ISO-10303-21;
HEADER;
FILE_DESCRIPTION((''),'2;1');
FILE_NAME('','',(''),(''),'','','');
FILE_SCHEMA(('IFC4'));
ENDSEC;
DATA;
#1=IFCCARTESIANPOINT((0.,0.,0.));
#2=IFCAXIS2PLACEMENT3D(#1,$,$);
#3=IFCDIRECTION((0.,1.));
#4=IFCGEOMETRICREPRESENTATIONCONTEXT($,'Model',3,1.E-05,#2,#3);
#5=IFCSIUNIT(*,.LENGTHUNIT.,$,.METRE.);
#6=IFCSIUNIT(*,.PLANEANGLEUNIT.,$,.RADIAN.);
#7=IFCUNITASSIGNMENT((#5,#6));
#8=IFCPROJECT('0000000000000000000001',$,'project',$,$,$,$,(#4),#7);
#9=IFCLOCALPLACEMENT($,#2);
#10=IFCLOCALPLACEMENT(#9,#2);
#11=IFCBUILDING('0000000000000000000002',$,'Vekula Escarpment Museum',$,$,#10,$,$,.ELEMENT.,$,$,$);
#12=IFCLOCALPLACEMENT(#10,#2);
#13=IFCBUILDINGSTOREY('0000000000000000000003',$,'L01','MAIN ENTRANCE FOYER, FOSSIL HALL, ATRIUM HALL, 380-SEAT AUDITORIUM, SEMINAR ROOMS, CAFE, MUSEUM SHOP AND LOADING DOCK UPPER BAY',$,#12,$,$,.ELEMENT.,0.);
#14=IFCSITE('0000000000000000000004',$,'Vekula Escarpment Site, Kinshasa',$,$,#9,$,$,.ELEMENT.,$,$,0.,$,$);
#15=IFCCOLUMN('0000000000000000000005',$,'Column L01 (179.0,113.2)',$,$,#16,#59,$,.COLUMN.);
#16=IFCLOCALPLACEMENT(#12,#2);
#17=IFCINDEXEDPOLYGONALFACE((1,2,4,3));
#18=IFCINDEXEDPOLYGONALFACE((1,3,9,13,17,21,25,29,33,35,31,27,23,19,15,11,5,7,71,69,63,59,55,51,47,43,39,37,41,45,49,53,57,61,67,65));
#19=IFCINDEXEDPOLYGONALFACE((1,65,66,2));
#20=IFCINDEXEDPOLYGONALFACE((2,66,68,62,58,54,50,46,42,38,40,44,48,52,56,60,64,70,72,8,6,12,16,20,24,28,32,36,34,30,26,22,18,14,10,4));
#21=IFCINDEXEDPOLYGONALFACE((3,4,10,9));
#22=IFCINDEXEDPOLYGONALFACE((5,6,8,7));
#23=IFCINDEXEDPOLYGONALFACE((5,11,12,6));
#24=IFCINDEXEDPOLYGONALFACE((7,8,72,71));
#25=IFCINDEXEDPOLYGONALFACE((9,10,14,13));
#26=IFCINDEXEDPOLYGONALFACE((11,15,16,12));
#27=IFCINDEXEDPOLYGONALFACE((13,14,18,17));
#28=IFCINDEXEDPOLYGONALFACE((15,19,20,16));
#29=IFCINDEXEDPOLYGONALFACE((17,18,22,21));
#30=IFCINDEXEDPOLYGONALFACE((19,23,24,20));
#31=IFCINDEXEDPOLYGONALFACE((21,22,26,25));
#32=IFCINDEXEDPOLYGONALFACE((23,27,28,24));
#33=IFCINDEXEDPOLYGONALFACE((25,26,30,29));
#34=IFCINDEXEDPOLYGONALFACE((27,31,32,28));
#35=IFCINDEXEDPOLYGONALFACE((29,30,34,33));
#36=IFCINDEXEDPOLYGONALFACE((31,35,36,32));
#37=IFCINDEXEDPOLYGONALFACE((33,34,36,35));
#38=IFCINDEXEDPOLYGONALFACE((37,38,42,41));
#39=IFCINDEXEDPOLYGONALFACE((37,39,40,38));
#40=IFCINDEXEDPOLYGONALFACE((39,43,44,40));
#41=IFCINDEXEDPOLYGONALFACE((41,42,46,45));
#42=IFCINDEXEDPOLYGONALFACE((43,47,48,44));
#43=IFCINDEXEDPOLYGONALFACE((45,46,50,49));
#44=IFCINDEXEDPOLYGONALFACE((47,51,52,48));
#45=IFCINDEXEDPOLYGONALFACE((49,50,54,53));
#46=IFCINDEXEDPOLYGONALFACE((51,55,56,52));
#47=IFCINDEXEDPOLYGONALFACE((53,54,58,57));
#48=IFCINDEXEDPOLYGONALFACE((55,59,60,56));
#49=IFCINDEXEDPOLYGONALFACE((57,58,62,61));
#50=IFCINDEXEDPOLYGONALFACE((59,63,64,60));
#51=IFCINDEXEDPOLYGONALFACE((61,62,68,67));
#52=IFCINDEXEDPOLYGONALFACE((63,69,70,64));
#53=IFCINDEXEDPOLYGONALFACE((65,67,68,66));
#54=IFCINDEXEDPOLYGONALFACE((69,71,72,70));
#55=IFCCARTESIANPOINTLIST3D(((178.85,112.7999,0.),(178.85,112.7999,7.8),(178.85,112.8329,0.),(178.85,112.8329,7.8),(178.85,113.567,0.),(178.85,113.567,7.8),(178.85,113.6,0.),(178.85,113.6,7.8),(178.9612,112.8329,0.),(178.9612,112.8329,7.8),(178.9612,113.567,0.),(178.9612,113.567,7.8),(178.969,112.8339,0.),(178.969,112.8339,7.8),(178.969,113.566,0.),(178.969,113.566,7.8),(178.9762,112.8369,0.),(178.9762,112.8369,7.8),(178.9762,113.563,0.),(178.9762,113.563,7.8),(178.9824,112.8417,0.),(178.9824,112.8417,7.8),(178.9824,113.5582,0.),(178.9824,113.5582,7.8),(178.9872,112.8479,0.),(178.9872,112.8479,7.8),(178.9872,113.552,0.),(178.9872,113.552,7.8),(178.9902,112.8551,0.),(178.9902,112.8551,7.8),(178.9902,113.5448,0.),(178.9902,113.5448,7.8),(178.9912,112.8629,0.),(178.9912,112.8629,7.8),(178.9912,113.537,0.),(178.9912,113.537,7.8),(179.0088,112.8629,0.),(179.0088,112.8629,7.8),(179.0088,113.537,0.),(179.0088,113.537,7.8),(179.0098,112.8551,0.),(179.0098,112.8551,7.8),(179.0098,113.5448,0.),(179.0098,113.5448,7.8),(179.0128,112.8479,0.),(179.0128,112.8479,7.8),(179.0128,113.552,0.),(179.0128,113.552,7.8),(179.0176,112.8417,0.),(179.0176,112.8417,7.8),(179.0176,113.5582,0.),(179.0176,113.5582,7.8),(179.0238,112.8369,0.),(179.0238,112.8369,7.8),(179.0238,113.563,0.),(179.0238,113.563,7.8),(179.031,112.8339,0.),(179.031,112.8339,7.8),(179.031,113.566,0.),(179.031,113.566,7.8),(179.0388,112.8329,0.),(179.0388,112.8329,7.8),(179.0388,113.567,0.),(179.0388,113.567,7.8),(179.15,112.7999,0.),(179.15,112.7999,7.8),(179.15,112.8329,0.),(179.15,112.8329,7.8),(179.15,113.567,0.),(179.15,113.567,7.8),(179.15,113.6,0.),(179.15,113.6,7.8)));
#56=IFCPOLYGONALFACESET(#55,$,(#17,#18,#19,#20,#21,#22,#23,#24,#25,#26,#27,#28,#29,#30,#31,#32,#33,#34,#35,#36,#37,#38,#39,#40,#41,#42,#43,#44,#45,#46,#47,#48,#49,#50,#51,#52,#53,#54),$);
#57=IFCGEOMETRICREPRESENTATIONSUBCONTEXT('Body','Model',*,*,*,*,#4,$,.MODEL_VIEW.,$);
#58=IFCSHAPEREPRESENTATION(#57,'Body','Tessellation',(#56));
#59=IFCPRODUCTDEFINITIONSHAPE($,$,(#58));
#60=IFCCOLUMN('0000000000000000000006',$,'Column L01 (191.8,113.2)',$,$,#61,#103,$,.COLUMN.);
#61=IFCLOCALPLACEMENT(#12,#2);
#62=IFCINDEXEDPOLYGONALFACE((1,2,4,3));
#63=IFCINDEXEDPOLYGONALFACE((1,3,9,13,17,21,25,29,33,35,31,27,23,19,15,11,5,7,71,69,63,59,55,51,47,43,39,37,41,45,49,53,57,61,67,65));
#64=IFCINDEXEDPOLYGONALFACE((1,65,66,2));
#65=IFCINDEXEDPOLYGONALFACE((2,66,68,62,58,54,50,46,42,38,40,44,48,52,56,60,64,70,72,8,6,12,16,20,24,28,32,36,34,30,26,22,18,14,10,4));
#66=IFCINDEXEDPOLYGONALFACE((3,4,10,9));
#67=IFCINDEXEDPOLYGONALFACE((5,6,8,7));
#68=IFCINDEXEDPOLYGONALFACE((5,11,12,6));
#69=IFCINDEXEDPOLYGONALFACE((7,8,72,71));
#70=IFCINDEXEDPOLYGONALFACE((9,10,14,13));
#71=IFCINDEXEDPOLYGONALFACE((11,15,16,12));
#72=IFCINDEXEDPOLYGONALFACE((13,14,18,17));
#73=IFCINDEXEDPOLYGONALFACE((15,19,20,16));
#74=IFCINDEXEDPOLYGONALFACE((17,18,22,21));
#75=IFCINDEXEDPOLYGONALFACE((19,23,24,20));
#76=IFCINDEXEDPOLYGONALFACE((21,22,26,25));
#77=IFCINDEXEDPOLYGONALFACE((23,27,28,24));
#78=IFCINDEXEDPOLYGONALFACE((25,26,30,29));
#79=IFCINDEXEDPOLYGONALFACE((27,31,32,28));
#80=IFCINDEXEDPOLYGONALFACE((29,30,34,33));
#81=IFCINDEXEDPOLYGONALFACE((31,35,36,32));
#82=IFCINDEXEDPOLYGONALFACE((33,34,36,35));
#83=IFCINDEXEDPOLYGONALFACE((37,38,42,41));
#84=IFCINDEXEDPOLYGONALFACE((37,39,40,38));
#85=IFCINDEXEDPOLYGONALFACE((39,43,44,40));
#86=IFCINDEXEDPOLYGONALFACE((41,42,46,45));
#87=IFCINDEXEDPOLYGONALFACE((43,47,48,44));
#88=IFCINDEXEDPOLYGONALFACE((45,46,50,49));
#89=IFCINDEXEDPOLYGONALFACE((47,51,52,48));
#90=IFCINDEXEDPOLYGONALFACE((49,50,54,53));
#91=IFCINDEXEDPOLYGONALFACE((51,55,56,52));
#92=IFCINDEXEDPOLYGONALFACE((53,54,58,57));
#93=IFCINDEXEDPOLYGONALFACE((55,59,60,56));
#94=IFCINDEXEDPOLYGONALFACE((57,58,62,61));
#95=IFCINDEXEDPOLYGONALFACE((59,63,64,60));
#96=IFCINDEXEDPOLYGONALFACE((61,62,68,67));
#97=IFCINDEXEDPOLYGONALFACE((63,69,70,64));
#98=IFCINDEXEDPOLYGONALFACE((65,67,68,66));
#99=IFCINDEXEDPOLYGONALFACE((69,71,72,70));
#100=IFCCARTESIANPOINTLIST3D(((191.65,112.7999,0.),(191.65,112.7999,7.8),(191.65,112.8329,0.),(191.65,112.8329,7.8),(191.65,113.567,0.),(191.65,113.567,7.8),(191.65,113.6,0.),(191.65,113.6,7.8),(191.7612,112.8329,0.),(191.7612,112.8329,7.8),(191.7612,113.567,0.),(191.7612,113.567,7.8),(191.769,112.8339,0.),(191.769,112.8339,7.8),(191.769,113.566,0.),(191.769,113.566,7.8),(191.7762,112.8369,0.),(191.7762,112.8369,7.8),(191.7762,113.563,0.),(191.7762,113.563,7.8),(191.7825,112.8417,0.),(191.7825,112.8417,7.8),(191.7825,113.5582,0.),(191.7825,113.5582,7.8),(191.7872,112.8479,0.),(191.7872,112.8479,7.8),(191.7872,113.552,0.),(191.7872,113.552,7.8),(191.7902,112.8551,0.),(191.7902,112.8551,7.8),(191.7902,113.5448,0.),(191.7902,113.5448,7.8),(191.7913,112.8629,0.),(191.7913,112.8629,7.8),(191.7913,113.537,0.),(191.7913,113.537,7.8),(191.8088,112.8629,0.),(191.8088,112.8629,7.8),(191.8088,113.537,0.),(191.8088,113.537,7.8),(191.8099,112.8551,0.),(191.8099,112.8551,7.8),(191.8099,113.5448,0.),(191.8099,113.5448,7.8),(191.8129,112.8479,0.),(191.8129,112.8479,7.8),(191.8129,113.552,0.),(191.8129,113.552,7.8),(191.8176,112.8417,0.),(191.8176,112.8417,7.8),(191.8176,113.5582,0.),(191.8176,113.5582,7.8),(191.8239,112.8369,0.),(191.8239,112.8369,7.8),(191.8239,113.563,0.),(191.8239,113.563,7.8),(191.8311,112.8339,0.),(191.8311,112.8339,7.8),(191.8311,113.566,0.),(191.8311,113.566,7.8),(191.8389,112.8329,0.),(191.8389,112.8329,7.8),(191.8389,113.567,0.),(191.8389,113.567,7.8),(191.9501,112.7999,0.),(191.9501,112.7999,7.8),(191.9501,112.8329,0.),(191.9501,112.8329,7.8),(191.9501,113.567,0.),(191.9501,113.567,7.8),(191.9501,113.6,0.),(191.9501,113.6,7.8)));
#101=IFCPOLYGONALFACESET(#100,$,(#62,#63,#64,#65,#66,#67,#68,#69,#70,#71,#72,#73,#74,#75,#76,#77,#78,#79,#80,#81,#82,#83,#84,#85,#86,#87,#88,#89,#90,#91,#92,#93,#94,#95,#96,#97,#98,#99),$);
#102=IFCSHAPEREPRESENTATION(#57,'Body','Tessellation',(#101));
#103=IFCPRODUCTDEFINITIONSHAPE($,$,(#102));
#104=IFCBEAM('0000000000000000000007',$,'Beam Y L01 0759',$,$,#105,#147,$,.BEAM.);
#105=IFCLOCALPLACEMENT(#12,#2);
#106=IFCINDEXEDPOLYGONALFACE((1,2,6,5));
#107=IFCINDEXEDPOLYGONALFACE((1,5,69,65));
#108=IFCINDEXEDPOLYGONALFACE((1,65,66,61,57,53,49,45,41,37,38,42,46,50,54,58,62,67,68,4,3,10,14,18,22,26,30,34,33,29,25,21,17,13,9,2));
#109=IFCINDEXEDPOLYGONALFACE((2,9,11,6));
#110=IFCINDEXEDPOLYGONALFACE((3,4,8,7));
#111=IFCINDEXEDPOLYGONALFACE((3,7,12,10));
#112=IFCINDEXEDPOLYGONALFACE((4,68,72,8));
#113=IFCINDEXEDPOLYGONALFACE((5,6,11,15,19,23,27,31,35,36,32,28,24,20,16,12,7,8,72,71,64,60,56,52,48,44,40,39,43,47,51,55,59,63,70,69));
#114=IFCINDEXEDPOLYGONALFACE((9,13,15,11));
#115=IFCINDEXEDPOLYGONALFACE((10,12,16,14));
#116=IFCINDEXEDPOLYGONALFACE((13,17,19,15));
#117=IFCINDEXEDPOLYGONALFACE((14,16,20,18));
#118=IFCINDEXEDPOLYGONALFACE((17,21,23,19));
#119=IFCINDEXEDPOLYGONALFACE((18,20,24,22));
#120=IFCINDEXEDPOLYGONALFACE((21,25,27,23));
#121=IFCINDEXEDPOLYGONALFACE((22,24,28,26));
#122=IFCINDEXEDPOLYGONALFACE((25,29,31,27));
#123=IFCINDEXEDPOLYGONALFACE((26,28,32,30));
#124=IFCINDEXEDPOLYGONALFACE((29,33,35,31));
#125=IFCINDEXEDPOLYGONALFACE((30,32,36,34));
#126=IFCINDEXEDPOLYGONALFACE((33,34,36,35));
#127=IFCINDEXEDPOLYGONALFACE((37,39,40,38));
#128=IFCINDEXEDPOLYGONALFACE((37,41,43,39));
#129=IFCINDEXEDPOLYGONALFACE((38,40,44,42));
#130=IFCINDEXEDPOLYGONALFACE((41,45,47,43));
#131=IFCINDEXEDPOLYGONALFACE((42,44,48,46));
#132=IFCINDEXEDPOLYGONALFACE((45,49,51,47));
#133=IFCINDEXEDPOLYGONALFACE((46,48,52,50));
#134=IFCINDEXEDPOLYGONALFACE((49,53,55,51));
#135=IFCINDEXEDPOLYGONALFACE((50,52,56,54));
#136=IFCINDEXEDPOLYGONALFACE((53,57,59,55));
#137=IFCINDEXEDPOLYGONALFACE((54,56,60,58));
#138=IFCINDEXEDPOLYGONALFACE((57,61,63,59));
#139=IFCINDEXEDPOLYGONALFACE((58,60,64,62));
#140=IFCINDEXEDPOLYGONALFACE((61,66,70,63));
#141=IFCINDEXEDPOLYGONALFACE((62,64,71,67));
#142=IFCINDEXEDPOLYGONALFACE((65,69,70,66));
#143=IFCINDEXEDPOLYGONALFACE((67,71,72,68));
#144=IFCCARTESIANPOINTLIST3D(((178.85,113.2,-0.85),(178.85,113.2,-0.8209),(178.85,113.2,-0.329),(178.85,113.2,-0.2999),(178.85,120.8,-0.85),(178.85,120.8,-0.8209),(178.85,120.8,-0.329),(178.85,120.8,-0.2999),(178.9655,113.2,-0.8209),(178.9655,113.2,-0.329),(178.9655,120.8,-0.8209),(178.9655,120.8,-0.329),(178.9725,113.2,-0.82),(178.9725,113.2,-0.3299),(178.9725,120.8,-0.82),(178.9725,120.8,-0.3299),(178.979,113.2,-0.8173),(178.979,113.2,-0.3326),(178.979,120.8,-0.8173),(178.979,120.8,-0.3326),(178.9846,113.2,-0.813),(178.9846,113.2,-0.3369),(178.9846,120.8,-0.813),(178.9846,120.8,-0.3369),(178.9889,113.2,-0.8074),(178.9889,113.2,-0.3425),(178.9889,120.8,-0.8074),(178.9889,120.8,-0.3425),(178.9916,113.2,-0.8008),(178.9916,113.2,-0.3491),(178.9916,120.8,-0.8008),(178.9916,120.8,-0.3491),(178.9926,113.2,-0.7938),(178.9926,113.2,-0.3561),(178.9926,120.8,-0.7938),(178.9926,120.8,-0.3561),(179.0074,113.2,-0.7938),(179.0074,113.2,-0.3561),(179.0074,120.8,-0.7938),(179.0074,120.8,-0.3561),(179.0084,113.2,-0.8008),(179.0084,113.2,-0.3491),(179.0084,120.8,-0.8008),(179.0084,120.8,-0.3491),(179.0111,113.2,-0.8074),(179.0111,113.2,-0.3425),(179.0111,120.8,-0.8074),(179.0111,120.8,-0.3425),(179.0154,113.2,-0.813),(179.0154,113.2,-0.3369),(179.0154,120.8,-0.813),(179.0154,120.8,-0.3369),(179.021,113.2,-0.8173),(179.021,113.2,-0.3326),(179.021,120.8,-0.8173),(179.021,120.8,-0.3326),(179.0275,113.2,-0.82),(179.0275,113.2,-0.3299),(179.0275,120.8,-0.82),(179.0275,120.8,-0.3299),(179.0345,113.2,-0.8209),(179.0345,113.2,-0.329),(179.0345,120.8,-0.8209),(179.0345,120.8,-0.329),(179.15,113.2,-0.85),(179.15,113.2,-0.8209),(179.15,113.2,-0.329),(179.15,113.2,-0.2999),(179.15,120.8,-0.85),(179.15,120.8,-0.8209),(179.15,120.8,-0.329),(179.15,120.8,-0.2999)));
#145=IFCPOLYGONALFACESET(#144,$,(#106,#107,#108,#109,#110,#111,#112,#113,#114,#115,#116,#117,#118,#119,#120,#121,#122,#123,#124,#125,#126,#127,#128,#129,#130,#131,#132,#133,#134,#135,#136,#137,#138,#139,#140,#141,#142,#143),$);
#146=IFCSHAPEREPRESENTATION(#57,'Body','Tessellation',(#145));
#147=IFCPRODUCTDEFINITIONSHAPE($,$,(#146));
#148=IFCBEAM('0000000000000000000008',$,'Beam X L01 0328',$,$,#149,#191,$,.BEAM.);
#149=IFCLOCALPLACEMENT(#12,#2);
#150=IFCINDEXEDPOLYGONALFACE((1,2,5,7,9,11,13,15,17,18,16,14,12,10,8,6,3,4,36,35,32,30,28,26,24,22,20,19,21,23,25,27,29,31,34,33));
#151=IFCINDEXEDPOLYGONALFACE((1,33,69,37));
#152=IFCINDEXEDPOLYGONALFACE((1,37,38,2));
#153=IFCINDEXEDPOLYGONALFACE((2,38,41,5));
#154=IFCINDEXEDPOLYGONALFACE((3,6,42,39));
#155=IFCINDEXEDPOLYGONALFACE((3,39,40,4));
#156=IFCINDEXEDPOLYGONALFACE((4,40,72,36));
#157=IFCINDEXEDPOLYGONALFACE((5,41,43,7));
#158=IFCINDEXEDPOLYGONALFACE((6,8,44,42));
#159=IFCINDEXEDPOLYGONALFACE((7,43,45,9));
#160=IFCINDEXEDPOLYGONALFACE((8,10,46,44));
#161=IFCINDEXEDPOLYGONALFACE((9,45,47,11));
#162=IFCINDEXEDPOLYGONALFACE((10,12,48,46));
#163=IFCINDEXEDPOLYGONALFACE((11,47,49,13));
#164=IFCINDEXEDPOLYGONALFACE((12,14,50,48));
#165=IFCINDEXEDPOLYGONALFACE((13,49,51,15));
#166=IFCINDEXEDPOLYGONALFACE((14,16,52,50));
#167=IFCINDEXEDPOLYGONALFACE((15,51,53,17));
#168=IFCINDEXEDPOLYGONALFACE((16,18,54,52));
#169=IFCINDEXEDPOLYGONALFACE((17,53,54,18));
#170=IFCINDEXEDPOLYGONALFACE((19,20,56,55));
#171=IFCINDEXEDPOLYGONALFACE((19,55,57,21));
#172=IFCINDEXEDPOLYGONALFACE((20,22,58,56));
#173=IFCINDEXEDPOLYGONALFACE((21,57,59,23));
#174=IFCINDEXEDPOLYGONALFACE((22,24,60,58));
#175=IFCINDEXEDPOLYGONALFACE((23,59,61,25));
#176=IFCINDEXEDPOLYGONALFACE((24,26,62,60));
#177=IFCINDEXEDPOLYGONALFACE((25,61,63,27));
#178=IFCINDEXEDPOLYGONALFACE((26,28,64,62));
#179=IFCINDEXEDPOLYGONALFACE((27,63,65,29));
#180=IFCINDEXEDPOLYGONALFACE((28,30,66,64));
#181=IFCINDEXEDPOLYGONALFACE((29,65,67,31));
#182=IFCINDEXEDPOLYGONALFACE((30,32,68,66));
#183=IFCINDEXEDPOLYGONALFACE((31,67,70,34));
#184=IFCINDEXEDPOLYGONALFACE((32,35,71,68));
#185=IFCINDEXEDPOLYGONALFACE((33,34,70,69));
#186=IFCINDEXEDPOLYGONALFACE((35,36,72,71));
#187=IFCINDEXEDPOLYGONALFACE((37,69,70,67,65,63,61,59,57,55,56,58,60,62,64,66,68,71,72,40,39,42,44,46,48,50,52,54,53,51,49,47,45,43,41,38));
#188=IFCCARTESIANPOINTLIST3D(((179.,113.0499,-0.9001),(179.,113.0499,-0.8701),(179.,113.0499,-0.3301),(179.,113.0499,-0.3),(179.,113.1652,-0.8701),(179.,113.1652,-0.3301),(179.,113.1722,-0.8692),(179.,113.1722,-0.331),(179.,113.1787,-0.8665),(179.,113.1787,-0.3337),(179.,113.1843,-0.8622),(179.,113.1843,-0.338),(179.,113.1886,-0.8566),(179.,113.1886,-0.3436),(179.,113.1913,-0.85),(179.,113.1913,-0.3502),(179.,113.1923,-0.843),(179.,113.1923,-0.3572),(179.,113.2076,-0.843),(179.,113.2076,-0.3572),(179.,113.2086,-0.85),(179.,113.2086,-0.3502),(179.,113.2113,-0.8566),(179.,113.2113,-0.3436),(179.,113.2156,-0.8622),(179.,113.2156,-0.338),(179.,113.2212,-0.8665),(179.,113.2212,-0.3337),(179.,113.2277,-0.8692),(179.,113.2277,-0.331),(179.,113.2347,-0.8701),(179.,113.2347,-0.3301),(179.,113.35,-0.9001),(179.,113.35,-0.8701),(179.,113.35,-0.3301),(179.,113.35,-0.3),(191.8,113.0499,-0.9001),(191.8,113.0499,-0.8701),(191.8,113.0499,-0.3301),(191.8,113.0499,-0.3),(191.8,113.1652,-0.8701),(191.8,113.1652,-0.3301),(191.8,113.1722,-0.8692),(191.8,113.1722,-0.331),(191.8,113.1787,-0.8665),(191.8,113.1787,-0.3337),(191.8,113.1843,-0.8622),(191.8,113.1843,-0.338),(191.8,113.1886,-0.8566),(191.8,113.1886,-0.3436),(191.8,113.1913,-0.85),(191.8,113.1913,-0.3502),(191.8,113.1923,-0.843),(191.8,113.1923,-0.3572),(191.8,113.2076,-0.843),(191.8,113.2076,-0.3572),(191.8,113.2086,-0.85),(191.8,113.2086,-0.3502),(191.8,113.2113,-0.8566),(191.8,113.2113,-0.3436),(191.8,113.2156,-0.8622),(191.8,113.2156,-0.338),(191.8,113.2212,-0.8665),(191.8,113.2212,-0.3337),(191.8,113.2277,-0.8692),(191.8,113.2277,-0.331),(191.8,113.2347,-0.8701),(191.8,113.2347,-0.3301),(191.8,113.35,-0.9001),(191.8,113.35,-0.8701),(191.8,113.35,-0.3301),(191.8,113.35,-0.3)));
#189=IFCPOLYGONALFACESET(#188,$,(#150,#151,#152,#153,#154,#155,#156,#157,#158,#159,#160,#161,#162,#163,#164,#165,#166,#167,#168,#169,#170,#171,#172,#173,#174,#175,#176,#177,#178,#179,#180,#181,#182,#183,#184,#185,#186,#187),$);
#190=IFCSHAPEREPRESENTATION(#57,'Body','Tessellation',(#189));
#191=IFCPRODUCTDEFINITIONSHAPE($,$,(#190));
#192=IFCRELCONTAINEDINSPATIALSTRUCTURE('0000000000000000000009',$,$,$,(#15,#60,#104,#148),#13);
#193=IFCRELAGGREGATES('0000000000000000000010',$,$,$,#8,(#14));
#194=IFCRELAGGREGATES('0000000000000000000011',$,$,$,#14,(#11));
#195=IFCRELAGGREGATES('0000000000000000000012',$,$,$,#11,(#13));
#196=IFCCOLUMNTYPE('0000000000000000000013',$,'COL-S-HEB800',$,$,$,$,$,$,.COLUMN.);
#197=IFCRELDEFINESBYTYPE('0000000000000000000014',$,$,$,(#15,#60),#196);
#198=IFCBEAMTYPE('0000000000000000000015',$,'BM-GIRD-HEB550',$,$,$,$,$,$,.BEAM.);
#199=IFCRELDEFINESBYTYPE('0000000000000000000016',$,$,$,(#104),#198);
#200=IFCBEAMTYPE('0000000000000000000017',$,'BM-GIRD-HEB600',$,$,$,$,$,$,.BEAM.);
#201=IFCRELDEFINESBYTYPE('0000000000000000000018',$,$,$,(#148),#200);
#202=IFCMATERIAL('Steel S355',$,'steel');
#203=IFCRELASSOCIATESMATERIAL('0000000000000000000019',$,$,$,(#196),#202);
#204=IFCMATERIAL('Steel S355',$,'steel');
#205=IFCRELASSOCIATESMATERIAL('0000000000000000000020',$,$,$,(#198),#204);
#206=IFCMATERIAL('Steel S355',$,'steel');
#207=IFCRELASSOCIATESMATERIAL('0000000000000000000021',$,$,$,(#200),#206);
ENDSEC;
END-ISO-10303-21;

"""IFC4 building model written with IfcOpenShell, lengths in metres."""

from ifc_helpers import new_model, si_unit, direction, frame, origin, origin_2d, place, context, subcontext, project, spatial, i_section, extrude, material, material_profile, profile_set, type_object, element, save


model = new_model("IFC4")

# Units and contexts
model_context = context("Model", 3, precision=1e-05, world=origin(), true_north=direction((0.0, 1.0)))
body_context = subcontext(model_context, "Body", "Model", "MODEL_VIEW")
ifc_project = project(units=[si_unit("LENGTHUNIT", "METRE"), si_unit("PLANEANGLEUNIT", "RADIAN")], contexts=[model_context])

# Site, building, storey
site_placement = place(None, origin())
site = spatial("IfcSite", under=ifc_project, at=site_placement, Name="Vekula Escarpment Site, Kinshasa", CompositionType="ELEMENT", RefElevation=0.0)
building_placement = place(site_placement, origin())
building = spatial("IfcBuilding", under=site, at=building_placement, Name="Vekula Escarpment Museum", CompositionType="ELEMENT")
storey_placement = place(building_placement, origin())
storey = spatial("IfcBuildingStorey", under=building, at=storey_placement, Name="L01", Description="MAIN ENTRANCE FOYER, FOSSIL HALL, ATRIUM HALL, 380-SEAT AUDITORIUM, SEMINAR ROOMS, CAFE, MUSEUM SHOP AND LOADING DOCK UPPER BAY", CompositionType="ELEMENT", Elevation=0.0)

# Columns
ifc_material_1 = material(Name="Steel S355", Category="steel")
ifc_material_profile_1 = material_profile(ifc_material_1, i_section(OverallWidth=0.3, OverallDepth=0.8, WebThickness=0.0176, FlangeThickness=0.033, FilletRadius=0.03, at=origin_2d()), Name="HEB 800")
ifc_profile_set_1 = profile_set([ifc_material_profile_1], Name="Steel S355")
column_type = type_object("IfcColumnType", Name="COL-S-HEB800", PredefinedType="COLUMN", material=ifc_profile_set_1)
for number, where, z_axis, x_axis, name in (
    (1, (179.0, 113.2, 0.0), (0.0, 0.0, 1.0), (1.0, 0.0, 0.0), "Column L01 (179.0,113.2)"),
    (2, (191.8, 113.2, 0.0), (0.0, 0.0, 1.0), (1.0, 0.0, 0.0), "Column L01 (191.8,113.2)"),
):
    element("IfcColumn", number, at=place(storey_placement, frame(where, z_axis=z_axis, x_axis=x_axis)), inside=storey, type_object=column_type, Name=name, PredefinedType="COLUMN", context=body_context, shape_type="SweptSolid", body=[
        extrude(i_section(OverallWidth=0.3, OverallDepth=0.8, WebThickness=0.0176, FlangeThickness=0.033, FilletRadius=0.03, at=origin_2d()), origin(), (0.0, 0.0, 1.0), 7.8),
    ])

# Beams
ifc_material_2 = material(Name="Steel S355", Category="steel")
ifc_material_profile_2 = material_profile(ifc_material_2, i_section(OverallWidth=0.3, OverallDepth=0.55, WebThickness=0.0149, FlangeThickness=0.0291, FilletRadius=0.0271, at=origin_2d()), Name="HEB 550")
ifc_profile_set_2 = profile_set([ifc_material_profile_2], Name="Steel S355")
beam_type_1 = type_object("IfcBeamType", Name="BM-GIRD-HEB550", PredefinedType="BEAM", material=ifc_profile_set_2)
beam_1_placement = place(storey_placement, frame((179.0, 113.2, -0.575), z_axis=(0.0, 1.0, 0.0), x_axis=(-1.0, 0.0, 0.0)))
element("IfcBeam", 3, at=beam_1_placement, inside=storey, type_object=beam_type_1, Name="Beam Y L01 0759", PredefinedType="BEAM", context=body_context, shape_type="SweptSolid", body=[
    extrude(i_section(OverallWidth=0.3, OverallDepth=0.55, WebThickness=0.0149, FlangeThickness=0.0291, FilletRadius=0.0271, at=origin_2d()), origin(), (0.0, 0.0, 1.0), 7.6001),
])
ifc_material_3 = material(Name="Steel S355", Category="steel")
ifc_material_profile_3 = material_profile(ifc_material_3, i_section(OverallWidth=0.3, OverallDepth=0.6001, WebThickness=0.0154, FlangeThickness=0.03, FilletRadius=0.0271, at=origin_2d()), Name="HEB 600")
ifc_profile_set_3 = profile_set([ifc_material_profile_3], Name="Steel S355")
beam_type_2 = type_object("IfcBeamType", Name="BM-GIRD-HEB600", PredefinedType="BEAM", material=ifc_profile_set_3)
beam_2_placement = place(storey_placement, frame((179.0, 113.2, -0.6001), z_axis=(1.0, 0.0, 0.0), x_axis=(0.0, 1.0, 0.0)))
element("IfcBeam", 4, at=beam_2_placement, inside=storey, type_object=beam_type_2, Name="Beam X L01 0328", PredefinedType="BEAM", context=body_context, shape_type="SweptSolid", body=[
    extrude(i_section(OverallWidth=0.3, OverallDepth=0.6001, WebThickness=0.0154, FlangeThickness=0.03, FilletRadius=0.0271, at=origin_2d()), origin(), (0.0, 0.0, 1.0), 12.8),
])

save(model, "model.ifc")
